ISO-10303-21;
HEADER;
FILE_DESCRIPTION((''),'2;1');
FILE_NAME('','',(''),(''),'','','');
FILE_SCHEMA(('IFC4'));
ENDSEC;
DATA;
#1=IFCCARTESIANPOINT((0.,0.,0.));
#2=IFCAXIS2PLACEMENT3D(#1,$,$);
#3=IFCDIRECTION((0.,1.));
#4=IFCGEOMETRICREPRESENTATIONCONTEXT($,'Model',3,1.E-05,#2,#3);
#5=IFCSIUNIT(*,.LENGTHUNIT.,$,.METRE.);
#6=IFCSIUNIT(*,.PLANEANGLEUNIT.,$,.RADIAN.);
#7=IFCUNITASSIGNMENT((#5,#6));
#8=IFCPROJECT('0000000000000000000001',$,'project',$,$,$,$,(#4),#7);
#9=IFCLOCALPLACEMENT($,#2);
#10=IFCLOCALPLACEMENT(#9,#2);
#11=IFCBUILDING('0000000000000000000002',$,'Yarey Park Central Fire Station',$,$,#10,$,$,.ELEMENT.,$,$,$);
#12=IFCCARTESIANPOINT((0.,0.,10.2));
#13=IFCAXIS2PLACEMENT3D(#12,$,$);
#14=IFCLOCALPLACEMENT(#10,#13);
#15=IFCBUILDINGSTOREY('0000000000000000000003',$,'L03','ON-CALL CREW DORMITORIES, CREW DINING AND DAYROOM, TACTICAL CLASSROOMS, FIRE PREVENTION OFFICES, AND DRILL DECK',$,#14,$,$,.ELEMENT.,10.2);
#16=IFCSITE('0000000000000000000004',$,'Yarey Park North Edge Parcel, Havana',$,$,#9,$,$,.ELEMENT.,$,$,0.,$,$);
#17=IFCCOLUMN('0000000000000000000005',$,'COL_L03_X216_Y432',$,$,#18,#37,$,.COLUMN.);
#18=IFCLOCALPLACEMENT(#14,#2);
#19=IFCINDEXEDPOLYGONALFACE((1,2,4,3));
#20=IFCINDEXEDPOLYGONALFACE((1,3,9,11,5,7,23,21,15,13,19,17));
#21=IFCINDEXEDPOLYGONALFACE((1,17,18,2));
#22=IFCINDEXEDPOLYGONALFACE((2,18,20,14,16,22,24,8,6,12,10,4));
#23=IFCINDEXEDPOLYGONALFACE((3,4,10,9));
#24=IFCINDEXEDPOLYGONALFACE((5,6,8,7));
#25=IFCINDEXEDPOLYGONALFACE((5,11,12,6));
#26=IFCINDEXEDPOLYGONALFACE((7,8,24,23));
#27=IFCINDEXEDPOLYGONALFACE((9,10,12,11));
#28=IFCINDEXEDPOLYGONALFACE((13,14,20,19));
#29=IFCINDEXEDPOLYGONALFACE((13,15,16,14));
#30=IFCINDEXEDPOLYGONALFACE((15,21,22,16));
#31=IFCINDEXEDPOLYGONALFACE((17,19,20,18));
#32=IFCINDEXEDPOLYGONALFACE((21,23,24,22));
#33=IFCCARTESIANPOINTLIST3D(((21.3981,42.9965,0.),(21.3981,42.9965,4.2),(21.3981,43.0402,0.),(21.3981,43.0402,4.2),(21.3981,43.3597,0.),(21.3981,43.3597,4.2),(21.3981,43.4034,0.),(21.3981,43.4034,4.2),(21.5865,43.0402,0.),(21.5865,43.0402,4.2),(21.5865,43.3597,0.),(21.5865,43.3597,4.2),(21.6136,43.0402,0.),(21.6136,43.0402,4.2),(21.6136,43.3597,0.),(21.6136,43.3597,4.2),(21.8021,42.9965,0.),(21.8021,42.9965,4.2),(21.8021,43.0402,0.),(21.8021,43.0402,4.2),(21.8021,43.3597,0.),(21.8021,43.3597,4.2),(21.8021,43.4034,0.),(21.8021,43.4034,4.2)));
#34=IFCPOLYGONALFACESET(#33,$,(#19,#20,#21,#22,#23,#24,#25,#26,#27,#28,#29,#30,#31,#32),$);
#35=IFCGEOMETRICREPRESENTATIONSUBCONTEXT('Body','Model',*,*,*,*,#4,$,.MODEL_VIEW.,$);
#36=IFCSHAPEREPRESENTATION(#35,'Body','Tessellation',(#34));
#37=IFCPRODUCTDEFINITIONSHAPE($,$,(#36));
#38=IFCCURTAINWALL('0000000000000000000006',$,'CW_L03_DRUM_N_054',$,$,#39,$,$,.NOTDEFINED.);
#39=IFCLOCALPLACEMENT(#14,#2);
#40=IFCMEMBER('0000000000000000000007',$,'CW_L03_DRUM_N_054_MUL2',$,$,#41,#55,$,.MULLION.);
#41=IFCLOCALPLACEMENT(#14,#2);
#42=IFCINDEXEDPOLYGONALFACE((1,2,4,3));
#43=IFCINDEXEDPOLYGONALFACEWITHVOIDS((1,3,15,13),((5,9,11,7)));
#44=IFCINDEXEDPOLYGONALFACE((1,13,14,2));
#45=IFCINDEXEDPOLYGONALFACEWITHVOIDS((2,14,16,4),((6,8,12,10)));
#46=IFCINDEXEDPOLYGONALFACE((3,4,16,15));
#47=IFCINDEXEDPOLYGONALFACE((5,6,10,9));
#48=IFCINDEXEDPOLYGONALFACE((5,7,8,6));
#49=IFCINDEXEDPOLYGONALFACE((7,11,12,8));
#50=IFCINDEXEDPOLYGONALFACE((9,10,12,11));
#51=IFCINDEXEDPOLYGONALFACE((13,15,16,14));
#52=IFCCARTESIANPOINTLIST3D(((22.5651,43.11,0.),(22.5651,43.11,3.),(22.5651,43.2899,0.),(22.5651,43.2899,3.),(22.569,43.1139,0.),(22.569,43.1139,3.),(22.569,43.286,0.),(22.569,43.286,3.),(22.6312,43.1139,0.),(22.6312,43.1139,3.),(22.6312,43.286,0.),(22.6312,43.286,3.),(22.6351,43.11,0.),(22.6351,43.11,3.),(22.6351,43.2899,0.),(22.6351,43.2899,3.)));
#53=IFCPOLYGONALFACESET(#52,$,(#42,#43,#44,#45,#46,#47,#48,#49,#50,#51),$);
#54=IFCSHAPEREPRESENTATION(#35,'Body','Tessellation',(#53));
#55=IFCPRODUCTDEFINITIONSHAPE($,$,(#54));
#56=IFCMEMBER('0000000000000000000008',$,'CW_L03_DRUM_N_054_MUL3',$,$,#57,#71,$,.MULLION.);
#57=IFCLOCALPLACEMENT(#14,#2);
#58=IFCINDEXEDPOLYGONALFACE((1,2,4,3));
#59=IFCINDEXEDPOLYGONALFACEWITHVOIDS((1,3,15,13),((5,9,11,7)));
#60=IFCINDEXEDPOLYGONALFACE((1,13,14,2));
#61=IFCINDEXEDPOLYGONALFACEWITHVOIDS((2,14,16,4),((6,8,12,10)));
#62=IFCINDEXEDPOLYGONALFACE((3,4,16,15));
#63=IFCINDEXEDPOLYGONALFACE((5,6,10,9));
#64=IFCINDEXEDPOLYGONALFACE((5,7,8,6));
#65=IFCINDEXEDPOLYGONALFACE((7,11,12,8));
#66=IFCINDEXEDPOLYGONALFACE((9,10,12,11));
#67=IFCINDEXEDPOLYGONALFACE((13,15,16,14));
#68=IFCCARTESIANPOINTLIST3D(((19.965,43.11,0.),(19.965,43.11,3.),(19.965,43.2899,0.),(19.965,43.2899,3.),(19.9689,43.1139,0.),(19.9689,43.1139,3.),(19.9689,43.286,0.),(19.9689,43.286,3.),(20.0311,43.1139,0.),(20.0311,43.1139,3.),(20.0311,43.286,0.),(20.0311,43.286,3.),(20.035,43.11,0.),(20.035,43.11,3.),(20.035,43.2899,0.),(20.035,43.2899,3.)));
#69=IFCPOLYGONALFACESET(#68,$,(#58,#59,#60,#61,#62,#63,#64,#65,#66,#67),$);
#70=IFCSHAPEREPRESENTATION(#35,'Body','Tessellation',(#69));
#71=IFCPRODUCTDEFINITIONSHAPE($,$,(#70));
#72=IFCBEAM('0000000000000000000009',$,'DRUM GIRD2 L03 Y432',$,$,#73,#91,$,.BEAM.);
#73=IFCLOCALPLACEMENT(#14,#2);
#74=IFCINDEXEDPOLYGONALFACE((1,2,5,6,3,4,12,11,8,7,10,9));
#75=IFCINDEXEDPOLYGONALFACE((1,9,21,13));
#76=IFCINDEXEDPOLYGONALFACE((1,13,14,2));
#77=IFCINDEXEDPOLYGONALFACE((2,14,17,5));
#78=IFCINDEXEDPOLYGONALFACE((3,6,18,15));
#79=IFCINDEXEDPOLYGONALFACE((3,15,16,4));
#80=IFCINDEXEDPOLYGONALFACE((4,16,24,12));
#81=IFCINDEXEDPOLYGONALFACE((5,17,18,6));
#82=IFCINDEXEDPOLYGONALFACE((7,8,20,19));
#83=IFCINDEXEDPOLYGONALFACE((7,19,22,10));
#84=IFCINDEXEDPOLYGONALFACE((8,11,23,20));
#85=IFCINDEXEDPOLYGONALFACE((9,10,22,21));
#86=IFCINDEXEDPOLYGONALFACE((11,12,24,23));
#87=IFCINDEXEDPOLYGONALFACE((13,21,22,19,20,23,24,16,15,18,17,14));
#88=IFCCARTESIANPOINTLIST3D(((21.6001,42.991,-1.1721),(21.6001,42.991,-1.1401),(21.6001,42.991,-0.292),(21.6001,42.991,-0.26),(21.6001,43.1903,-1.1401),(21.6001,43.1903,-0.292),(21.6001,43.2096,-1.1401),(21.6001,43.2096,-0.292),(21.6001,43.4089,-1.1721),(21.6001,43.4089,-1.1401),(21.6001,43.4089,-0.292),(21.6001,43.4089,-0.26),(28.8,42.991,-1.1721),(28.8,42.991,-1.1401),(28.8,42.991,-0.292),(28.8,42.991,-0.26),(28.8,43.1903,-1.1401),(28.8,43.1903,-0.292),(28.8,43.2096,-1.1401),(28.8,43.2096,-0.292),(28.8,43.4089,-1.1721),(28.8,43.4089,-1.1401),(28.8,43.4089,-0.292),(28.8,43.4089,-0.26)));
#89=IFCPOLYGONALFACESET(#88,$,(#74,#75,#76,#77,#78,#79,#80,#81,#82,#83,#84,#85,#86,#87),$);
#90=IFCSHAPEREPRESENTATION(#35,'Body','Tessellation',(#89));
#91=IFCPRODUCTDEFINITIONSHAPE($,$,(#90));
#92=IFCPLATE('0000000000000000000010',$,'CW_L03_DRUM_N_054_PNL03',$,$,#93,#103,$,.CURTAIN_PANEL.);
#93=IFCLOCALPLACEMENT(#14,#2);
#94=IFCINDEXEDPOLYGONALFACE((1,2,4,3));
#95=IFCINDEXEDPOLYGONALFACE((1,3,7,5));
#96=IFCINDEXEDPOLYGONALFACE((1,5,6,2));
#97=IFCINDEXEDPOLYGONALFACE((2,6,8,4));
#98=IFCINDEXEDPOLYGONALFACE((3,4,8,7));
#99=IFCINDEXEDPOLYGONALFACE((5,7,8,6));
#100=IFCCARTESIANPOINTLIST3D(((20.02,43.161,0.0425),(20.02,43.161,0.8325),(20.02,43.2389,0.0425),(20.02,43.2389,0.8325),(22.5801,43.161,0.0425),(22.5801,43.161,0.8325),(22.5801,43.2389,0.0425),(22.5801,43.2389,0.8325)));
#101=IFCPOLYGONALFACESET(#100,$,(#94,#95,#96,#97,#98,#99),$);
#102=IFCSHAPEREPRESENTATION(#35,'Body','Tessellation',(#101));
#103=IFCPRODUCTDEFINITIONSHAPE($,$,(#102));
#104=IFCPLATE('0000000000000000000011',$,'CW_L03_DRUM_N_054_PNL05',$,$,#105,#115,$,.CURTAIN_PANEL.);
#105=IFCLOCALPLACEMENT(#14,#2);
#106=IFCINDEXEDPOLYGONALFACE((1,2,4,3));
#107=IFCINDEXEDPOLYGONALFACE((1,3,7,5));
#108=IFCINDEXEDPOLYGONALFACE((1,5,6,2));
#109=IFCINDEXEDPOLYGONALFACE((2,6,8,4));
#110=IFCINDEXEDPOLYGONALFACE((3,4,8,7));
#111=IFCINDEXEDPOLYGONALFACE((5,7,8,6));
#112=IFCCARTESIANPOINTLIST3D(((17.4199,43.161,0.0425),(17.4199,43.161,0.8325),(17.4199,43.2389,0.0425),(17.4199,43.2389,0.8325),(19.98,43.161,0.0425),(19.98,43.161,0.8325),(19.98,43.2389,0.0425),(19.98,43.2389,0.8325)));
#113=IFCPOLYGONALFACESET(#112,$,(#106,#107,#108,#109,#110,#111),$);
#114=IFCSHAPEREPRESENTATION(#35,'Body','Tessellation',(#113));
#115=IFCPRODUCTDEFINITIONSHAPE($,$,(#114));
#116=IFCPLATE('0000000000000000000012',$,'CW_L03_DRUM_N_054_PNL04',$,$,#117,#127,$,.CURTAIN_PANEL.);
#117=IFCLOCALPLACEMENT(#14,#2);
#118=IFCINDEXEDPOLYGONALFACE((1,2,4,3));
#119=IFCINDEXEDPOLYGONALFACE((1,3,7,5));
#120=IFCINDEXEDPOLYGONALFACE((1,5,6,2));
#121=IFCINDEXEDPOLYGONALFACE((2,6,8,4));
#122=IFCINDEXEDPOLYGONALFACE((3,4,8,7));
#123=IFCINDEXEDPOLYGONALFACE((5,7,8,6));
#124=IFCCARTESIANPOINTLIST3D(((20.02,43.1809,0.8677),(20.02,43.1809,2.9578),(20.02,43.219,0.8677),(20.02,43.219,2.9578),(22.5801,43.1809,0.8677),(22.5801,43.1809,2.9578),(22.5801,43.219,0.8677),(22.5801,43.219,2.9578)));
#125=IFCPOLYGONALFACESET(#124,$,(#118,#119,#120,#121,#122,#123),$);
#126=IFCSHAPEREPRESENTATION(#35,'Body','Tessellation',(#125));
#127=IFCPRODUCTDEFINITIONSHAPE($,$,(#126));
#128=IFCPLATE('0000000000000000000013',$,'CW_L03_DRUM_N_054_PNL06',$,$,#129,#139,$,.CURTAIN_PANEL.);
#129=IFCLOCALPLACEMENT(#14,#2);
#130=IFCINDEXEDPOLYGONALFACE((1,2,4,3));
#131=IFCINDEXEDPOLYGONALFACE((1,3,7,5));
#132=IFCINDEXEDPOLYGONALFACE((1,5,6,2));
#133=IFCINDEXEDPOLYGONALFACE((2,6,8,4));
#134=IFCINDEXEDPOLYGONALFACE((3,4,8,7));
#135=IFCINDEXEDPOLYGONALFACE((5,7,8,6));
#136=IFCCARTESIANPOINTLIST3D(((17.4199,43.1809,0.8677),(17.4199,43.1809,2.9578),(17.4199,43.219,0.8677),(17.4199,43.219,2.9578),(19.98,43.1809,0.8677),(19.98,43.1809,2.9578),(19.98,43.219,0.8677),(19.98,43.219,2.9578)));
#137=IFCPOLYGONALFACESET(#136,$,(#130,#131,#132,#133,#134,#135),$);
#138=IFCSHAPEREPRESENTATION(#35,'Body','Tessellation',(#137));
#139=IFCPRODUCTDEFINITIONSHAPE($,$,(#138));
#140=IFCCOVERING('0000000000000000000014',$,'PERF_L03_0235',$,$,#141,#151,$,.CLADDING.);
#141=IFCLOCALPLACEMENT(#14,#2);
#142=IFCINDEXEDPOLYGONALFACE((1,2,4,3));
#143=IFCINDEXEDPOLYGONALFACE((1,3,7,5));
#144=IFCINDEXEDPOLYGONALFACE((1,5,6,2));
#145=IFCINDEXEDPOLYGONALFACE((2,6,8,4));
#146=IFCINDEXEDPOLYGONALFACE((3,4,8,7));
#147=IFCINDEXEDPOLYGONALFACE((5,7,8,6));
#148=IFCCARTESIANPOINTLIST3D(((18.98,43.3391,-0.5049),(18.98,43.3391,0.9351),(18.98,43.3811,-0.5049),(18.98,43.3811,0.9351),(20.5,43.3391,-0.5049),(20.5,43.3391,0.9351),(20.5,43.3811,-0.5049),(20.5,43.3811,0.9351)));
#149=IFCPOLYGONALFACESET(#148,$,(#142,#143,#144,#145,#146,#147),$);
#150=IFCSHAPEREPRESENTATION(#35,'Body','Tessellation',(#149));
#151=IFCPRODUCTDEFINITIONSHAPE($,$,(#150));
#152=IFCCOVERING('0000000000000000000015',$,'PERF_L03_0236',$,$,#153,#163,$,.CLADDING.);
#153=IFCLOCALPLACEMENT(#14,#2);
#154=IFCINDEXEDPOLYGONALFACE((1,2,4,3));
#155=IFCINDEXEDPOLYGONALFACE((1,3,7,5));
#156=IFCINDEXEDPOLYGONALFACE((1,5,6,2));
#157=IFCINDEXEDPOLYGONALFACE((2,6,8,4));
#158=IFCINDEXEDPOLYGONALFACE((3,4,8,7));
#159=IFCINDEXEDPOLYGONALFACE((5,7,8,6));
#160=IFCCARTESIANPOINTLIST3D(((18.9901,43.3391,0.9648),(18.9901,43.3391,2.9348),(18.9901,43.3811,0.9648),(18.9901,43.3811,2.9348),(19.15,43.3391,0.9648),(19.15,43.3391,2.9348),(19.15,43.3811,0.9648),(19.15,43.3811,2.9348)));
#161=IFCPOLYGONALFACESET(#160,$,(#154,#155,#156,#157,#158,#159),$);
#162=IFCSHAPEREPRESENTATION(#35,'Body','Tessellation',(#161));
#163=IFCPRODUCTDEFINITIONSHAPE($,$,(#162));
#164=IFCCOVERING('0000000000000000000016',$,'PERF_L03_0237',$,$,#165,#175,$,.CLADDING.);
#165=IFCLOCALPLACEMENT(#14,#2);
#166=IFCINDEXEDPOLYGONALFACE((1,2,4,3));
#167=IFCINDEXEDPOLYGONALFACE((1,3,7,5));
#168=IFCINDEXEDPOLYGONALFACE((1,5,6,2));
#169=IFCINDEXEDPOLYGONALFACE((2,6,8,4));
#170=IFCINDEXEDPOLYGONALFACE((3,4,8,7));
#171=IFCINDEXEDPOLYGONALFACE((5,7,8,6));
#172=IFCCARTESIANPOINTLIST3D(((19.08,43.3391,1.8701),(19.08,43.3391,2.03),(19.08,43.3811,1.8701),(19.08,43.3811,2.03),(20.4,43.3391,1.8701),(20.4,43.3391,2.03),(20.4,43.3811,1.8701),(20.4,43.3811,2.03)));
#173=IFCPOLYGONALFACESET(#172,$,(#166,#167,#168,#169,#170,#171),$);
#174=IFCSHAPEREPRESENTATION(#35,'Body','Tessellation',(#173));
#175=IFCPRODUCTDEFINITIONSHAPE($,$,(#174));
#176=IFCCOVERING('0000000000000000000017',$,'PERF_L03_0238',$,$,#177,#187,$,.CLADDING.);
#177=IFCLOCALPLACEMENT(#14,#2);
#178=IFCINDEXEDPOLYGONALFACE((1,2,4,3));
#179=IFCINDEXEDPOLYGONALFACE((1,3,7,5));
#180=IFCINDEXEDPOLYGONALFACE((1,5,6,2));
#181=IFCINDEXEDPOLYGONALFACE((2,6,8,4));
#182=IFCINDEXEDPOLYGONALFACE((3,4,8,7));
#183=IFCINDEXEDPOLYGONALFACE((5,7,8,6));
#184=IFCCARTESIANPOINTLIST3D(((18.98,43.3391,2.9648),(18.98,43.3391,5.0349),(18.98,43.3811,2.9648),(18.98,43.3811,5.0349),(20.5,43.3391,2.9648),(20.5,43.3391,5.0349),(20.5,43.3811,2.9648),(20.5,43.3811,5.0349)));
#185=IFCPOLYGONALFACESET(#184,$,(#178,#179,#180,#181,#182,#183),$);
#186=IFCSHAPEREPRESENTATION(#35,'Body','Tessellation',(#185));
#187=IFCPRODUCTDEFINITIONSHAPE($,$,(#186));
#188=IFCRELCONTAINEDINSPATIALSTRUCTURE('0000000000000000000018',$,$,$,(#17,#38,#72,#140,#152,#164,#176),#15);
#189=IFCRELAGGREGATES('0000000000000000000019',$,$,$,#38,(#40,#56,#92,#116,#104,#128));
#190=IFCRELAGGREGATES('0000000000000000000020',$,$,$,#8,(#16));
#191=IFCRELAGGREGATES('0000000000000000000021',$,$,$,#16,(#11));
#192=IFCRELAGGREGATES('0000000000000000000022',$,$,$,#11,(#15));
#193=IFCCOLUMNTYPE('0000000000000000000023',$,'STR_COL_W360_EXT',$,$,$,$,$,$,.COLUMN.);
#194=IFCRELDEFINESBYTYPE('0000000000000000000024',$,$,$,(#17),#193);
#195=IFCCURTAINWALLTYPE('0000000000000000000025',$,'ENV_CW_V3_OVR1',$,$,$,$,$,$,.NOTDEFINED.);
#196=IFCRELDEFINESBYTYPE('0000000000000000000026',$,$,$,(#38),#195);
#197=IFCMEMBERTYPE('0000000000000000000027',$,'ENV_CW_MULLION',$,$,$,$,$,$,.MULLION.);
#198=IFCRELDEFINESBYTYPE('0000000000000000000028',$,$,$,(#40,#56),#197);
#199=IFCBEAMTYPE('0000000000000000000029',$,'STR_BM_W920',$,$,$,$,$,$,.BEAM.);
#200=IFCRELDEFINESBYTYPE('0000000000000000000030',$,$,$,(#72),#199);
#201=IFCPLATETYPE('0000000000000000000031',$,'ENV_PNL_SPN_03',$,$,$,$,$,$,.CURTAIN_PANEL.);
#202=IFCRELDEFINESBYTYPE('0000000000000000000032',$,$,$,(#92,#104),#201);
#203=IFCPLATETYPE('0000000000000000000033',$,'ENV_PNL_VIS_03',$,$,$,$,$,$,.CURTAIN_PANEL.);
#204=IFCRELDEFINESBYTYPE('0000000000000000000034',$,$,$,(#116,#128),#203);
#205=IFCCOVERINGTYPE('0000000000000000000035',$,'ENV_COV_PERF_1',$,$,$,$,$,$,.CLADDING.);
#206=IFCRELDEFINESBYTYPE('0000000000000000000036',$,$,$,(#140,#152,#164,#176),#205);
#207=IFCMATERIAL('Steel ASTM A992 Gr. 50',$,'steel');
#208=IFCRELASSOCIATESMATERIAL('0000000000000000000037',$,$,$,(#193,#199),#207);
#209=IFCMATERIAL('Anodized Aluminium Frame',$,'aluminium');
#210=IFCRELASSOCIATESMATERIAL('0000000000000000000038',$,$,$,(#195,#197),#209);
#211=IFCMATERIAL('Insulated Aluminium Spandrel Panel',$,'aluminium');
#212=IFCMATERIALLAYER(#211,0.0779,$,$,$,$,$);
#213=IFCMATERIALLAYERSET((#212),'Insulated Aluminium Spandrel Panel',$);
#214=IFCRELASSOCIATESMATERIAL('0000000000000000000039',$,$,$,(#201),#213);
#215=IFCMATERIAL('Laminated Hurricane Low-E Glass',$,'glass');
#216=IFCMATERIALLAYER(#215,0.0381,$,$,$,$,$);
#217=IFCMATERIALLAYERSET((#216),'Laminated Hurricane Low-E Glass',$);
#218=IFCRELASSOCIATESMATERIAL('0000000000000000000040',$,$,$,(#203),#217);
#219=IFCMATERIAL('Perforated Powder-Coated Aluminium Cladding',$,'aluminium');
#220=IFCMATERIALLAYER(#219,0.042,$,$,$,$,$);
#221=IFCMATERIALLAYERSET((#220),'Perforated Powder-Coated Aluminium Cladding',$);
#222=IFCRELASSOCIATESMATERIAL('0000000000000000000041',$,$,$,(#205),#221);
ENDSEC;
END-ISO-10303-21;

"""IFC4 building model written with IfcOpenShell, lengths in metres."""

from ifc_helpers import new_model, si_unit, direction, frame, origin, origin_2d, place, context, subcontext, project, spatial, rectangle, hollow_rectangle, i_section, extrude, material, layer, layer_set, material_profile, profile_set, type_object, element, aggregate, save


model = new_model("IFC4")

# Units and contexts
model_context = context("Model", 3, precision=1e-05, world=origin(), true_north=direction((0.0, 1.0)))
body_context = subcontext(model_context, "Body", "Model", "MODEL_VIEW")
ifc_project = project(units=[si_unit("LENGTHUNIT", "METRE"), si_unit("PLANEANGLEUNIT", "RADIAN")], contexts=[model_context])

# Site, building, storey
site_placement = place(None, origin())
site = spatial("IfcSite", under=ifc_project, at=site_placement, Name="Yarey Park North Edge Parcel, Havana", CompositionType="ELEMENT", RefElevation=0.0)
building_placement = place(site_placement, origin())
building = spatial("IfcBuilding", under=site, at=building_placement, Name="Yarey Park Central Fire Station", CompositionType="ELEMENT")
storey_placement = place(building_placement, frame((0.0, 0.0, 10.2)))
storey = spatial("IfcBuildingStorey", under=building, at=storey_placement, Name="L03", Description="ON-CALL CREW DORMITORIES, CREW DINING AND DAYROOM, TACTICAL CLASSROOMS, FIRE PREVENTION OFFICES, AND DRILL DECK", CompositionType="ELEMENT", Elevation=10.2)

# Column
ifc_material_1 = material(Name="Steel ASTM A992 Gr. 50", Category="steel")
ifc_material_profile_1 = material_profile(ifc_material_1, i_section(OverallWidth=0.4041, OverallDepth=0.407, WebThickness=0.0271, FlangeThickness=0.0437, at=origin_2d()), Name="W360x347")
ifc_profile_set_1 = profile_set([ifc_material_profile_1], Name="Steel ASTM A992 Gr. 50")
column_type = type_object("IfcColumnType", Name="STR_COL_W360_EXT", PredefinedType="COLUMN", material=ifc_profile_set_1)
column_placement = place(storey_placement, frame((21.6001, 43.2, 0.0), z_axis=(0.0, 0.0, 1.0), x_axis=(1.0, 0.0, 0.0)))
element("IfcColumn", 1, at=column_placement, inside=storey, type_object=column_type, Name="COL_L03_X216_Y432", PredefinedType="COLUMN", context=body_context, shape_type="SweptSolid", body=[
    extrude(i_section(OverallWidth=0.4041, OverallDepth=0.407, WebThickness=0.0271, FlangeThickness=0.0437, at=origin_2d()), origin(), (0.0, 0.0, 1.0), 4.2),
])

# Curtain wall, members
ifc_material_2 = material(Name="Anodized Aluminium Frame", Category="aluminium")
curtain_wall_type = type_object("IfcCurtainWallType", Name="ENV_CW_V3_OVR1", PredefinedType="NOTDEFINED", material=ifc_material_2)
curtain_wall_placement = place(storey_placement, origin())
curtain_wall = element("IfcCurtainWall", 2, at=curtain_wall_placement, inside=storey, type_object=curtain_wall_type, Name="CW_L03_DRUM_N_054", PredefinedType="NOTDEFINED")
ifc_material_profile_2 = material_profile(ifc_material_2, hollow_rectangle(XDim=0.0701, YDim=0.1799, WallThickness=0.0039, at=origin_2d()), Name="ALU 180x70x4")
ifc_profile_set_2 = profile_set([ifc_material_profile_2], Name="Anodized Aluminium Frame")
member_type = type_object("IfcMemberType", Name="ENV_CW_MULLION", PredefinedType="MULLION", material=ifc_profile_set_2)
member_1_placement = place(storey_placement, frame((22.6001, 43.2, 0.0), z_axis=(0.0, 0.0, 1.0), x_axis=(1.0, 0.0, 0.0)))
member_1 = element("IfcMember", 3, at=member_1_placement, type_object=member_type, Name="CW_L03_DRUM_N_054_MUL2", PredefinedType="MULLION", context=body_context, shape_type="SweptSolid", body=[
    extrude(hollow_rectangle(XDim=0.0701, YDim=0.1799, WallThickness=0.0039, at=origin_2d()), origin(), (0.0, 0.0, 1.0), 3.0),
])
member_2_placement = place(storey_placement, frame((20.0, 43.2, 0.0), z_axis=(0.0, 0.0, 1.0), x_axis=(1.0, 0.0, 0.0)))
member_2 = element("IfcMember", 4, at=member_2_placement, type_object=member_type, Name="CW_L03_DRUM_N_054_MUL3", PredefinedType="MULLION", context=body_context, shape_type="SweptSolid", body=[
    extrude(hollow_rectangle(XDim=0.0701, YDim=0.1799, WallThickness=0.0039, at=origin_2d()), origin(), (0.0, 0.0, 1.0), 3.0),
])

# Beam
ifc_material_profile_3 = material_profile(ifc_material_1, i_section(OverallWidth=0.418, OverallDepth=0.9121, WebThickness=0.0193, FlangeThickness=0.032, at=origin_2d()), Name="W920x342")
ifc_profile_set_3 = profile_set([ifc_material_profile_3], Name="Steel ASTM A992 Gr. 50")
beam_type = type_object("IfcBeamType", Name="STR_BM_W920", PredefinedType="BEAM", material=ifc_profile_set_3)
beam_placement = place(storey_placement, frame((21.6001, 43.2, -0.7161), z_axis=(1.0, 0.0, 0.0), x_axis=(0.0, 1.0, 0.0)))
element("IfcBeam", 5, at=beam_placement, inside=storey, type_object=beam_type, Name="DRUM GIRD2 L03 Y432", PredefinedType="BEAM", context=body_context, shape_type="SweptSolid", body=[
    extrude(i_section(OverallWidth=0.418, OverallDepth=0.9121, WebThickness=0.0193, FlangeThickness=0.032, at=origin_2d()), origin(), (0.0, 0.0, 1.0), 7.2),
])

# Plates
ifc_material_3 = material(Name="Insulated Aluminium Spandrel Panel", Category="aluminium")
ifc_layer_1 = layer(ifc_material_3, 0.0779)
ifc_layer_set_1 = layer_set([ifc_layer_1], Name="Insulated Aluminium Spandrel Panel")
plate_type_1 = type_object("IfcPlateType", Name="ENV_PNL_SPN_03", PredefinedType="CURTAIN_PANEL", material=ifc_layer_set_1)
plate_1_placement = place(storey_placement, frame((21.3, 43.2, 0.0425), z_axis=(0.0, 0.0, 1.0), x_axis=(-1.0, 0.0, 0.0)))
plate_1 = element("IfcPlate", 6, at=plate_1_placement, type_object=plate_type_1, Name="CW_L03_DRUM_N_054_PNL03", PredefinedType="CURTAIN_PANEL", context=body_context, shape_type="SweptSolid", body=[
    extrude(rectangle(XDim=2.5601, YDim=0.0779, at=origin_2d()), origin(), (0.0, 0.0, 1.0), 0.79),
])
plate_2_placement = place(storey_placement, frame((18.7, 43.2, 0.0425), z_axis=(0.0, 0.0, 1.0), x_axis=(-1.0, 0.0, 0.0)))
plate_2 = element("IfcPlate", 7, at=plate_2_placement, type_object=plate_type_1, Name="CW_L03_DRUM_N_054_PNL05", PredefinedType="CURTAIN_PANEL", context=body_context, shape_type="SweptSolid", body=[
    extrude(rectangle(XDim=2.5601, YDim=0.0779, at=origin_2d()), origin(), (0.0, 0.0, 1.0), 0.79),
])
ifc_material_4 = material(Name="Laminated Hurricane Low-E Glass", Category="glass")
ifc_layer_2 = layer(ifc_material_4, 0.0381)
ifc_layer_set_2 = layer_set([ifc_layer_2], Name="Laminated Hurricane Low-E Glass")
plate_type_2 = type_object("IfcPlateType", Name="ENV_PNL_VIS_03", PredefinedType="CURTAIN_PANEL", material=ifc_layer_set_2)
plate_3_placement = place(storey_placement, frame((21.3, 43.2, 0.8677), z_axis=(0.0, 0.0, 1.0), x_axis=(-1.0, 0.0, 0.0)))
plate_3 = element("IfcPlate", 8, at=plate_3_placement, type_object=plate_type_2, Name="CW_L03_DRUM_N_054_PNL04", PredefinedType="CURTAIN_PANEL", context=body_context, shape_type="SweptSolid", body=[
    extrude(rectangle(XDim=2.5601, YDim=0.0381, at=origin_2d()), origin(), (0.0, 0.0, 1.0), 2.0901),
])
plate_4_placement = place(storey_placement, frame((18.7, 43.2, 0.8677), z_axis=(0.0, 0.0, 1.0), x_axis=(-1.0, 0.0, 0.0)))
plate_4 = element("IfcPlate", 9, at=plate_4_placement, type_object=plate_type_2, Name="CW_L03_DRUM_N_054_PNL06", PredefinedType="CURTAIN_PANEL", context=body_context, shape_type="SweptSolid", body=[
    extrude(rectangle(XDim=2.5601, YDim=0.0381, at=origin_2d()), origin(), (0.0, 0.0, 1.0), 2.0901),
])
aggregate(curtain_wall, [member_1, member_2, plate_1, plate_3, plate_2, plate_4])

# Coverings
ifc_material_5 = material(Name="Perforated Powder-Coated Aluminium Cladding", Category="aluminium")
ifc_layer_3 = layer(ifc_material_5, 0.042)
ifc_layer_set_3 = layer_set([ifc_layer_3], Name="Perforated Powder-Coated Aluminium Cladding")
covering_type_1 = type_object("IfcCoveringType", Name="ENV_COV_PERF_1", PredefinedType="CLADDING", material=ifc_layer_set_3)
covering_1_placement = place(storey_placement, frame((19.74, 43.3601, -0.5049), z_axis=(0.0, 0.0, 1.0), x_axis=(1.0, 0.0, 0.0)))
element("IfcCovering", 10, at=covering_1_placement, inside=storey, type_object=covering_type_1, Name="PERF_L03_0235", PredefinedType="CLADDING", context=body_context, shape_type="SweptSolid", body=[
    extrude(rectangle(XDim=1.52, YDim=0.042, at=origin_2d()), origin(), (0.0, 0.0, 1.0), 1.4399),
])
covering_2_placement = place(storey_placement, frame((19.0701, 43.3601, 0.9648), z_axis=(0.0, 0.0, 1.0), x_axis=(1.0, 0.0, 0.0)))
element("IfcCovering", 11, at=covering_2_placement, inside=storey, type_object=covering_type_1, Name="PERF_L03_0236", PredefinedType="CLADDING", context=body_context, shape_type="SweptSolid", body=[
    extrude(rectangle(XDim=0.1599, YDim=0.042, at=origin_2d()), origin(), (0.0, 0.0, 1.0), 1.97),
])
covering_3_placement = place(storey_placement, frame((19.74, 43.3601, 1.8701), z_axis=(0.0, 0.0, 1.0), x_axis=(1.0, 0.0, 0.0)))
element("IfcCovering", 12, at=covering_3_placement, inside=storey, type_object=covering_type_1, Name="PERF_L03_0237", PredefinedType="CLADDING", context=body_context, shape_type="SweptSolid", body=[
    extrude(rectangle(XDim=1.3201, YDim=0.042, at=origin_2d()), origin(), (0.0, 0.0, 1.0), 0.1599),
])
covering_4_placement = place(storey_placement, frame((19.74, 43.3601, 2.9648), z_axis=(0.0, 0.0, 1.0), x_axis=(1.0, 0.0, 0.0)))
element("IfcCovering", 13, at=covering_4_placement, inside=storey, type_object=covering_type_1, Name="PERF_L03_0238", PredefinedType="CLADDING", context=body_context, shape_type="SweptSolid", body=[
    extrude(rectangle(XDim=1.52, YDim=0.042, at=origin_2d()), origin(), (0.0, 0.0, 1.0), 2.0701),
])

save(model, "model.ifc")
